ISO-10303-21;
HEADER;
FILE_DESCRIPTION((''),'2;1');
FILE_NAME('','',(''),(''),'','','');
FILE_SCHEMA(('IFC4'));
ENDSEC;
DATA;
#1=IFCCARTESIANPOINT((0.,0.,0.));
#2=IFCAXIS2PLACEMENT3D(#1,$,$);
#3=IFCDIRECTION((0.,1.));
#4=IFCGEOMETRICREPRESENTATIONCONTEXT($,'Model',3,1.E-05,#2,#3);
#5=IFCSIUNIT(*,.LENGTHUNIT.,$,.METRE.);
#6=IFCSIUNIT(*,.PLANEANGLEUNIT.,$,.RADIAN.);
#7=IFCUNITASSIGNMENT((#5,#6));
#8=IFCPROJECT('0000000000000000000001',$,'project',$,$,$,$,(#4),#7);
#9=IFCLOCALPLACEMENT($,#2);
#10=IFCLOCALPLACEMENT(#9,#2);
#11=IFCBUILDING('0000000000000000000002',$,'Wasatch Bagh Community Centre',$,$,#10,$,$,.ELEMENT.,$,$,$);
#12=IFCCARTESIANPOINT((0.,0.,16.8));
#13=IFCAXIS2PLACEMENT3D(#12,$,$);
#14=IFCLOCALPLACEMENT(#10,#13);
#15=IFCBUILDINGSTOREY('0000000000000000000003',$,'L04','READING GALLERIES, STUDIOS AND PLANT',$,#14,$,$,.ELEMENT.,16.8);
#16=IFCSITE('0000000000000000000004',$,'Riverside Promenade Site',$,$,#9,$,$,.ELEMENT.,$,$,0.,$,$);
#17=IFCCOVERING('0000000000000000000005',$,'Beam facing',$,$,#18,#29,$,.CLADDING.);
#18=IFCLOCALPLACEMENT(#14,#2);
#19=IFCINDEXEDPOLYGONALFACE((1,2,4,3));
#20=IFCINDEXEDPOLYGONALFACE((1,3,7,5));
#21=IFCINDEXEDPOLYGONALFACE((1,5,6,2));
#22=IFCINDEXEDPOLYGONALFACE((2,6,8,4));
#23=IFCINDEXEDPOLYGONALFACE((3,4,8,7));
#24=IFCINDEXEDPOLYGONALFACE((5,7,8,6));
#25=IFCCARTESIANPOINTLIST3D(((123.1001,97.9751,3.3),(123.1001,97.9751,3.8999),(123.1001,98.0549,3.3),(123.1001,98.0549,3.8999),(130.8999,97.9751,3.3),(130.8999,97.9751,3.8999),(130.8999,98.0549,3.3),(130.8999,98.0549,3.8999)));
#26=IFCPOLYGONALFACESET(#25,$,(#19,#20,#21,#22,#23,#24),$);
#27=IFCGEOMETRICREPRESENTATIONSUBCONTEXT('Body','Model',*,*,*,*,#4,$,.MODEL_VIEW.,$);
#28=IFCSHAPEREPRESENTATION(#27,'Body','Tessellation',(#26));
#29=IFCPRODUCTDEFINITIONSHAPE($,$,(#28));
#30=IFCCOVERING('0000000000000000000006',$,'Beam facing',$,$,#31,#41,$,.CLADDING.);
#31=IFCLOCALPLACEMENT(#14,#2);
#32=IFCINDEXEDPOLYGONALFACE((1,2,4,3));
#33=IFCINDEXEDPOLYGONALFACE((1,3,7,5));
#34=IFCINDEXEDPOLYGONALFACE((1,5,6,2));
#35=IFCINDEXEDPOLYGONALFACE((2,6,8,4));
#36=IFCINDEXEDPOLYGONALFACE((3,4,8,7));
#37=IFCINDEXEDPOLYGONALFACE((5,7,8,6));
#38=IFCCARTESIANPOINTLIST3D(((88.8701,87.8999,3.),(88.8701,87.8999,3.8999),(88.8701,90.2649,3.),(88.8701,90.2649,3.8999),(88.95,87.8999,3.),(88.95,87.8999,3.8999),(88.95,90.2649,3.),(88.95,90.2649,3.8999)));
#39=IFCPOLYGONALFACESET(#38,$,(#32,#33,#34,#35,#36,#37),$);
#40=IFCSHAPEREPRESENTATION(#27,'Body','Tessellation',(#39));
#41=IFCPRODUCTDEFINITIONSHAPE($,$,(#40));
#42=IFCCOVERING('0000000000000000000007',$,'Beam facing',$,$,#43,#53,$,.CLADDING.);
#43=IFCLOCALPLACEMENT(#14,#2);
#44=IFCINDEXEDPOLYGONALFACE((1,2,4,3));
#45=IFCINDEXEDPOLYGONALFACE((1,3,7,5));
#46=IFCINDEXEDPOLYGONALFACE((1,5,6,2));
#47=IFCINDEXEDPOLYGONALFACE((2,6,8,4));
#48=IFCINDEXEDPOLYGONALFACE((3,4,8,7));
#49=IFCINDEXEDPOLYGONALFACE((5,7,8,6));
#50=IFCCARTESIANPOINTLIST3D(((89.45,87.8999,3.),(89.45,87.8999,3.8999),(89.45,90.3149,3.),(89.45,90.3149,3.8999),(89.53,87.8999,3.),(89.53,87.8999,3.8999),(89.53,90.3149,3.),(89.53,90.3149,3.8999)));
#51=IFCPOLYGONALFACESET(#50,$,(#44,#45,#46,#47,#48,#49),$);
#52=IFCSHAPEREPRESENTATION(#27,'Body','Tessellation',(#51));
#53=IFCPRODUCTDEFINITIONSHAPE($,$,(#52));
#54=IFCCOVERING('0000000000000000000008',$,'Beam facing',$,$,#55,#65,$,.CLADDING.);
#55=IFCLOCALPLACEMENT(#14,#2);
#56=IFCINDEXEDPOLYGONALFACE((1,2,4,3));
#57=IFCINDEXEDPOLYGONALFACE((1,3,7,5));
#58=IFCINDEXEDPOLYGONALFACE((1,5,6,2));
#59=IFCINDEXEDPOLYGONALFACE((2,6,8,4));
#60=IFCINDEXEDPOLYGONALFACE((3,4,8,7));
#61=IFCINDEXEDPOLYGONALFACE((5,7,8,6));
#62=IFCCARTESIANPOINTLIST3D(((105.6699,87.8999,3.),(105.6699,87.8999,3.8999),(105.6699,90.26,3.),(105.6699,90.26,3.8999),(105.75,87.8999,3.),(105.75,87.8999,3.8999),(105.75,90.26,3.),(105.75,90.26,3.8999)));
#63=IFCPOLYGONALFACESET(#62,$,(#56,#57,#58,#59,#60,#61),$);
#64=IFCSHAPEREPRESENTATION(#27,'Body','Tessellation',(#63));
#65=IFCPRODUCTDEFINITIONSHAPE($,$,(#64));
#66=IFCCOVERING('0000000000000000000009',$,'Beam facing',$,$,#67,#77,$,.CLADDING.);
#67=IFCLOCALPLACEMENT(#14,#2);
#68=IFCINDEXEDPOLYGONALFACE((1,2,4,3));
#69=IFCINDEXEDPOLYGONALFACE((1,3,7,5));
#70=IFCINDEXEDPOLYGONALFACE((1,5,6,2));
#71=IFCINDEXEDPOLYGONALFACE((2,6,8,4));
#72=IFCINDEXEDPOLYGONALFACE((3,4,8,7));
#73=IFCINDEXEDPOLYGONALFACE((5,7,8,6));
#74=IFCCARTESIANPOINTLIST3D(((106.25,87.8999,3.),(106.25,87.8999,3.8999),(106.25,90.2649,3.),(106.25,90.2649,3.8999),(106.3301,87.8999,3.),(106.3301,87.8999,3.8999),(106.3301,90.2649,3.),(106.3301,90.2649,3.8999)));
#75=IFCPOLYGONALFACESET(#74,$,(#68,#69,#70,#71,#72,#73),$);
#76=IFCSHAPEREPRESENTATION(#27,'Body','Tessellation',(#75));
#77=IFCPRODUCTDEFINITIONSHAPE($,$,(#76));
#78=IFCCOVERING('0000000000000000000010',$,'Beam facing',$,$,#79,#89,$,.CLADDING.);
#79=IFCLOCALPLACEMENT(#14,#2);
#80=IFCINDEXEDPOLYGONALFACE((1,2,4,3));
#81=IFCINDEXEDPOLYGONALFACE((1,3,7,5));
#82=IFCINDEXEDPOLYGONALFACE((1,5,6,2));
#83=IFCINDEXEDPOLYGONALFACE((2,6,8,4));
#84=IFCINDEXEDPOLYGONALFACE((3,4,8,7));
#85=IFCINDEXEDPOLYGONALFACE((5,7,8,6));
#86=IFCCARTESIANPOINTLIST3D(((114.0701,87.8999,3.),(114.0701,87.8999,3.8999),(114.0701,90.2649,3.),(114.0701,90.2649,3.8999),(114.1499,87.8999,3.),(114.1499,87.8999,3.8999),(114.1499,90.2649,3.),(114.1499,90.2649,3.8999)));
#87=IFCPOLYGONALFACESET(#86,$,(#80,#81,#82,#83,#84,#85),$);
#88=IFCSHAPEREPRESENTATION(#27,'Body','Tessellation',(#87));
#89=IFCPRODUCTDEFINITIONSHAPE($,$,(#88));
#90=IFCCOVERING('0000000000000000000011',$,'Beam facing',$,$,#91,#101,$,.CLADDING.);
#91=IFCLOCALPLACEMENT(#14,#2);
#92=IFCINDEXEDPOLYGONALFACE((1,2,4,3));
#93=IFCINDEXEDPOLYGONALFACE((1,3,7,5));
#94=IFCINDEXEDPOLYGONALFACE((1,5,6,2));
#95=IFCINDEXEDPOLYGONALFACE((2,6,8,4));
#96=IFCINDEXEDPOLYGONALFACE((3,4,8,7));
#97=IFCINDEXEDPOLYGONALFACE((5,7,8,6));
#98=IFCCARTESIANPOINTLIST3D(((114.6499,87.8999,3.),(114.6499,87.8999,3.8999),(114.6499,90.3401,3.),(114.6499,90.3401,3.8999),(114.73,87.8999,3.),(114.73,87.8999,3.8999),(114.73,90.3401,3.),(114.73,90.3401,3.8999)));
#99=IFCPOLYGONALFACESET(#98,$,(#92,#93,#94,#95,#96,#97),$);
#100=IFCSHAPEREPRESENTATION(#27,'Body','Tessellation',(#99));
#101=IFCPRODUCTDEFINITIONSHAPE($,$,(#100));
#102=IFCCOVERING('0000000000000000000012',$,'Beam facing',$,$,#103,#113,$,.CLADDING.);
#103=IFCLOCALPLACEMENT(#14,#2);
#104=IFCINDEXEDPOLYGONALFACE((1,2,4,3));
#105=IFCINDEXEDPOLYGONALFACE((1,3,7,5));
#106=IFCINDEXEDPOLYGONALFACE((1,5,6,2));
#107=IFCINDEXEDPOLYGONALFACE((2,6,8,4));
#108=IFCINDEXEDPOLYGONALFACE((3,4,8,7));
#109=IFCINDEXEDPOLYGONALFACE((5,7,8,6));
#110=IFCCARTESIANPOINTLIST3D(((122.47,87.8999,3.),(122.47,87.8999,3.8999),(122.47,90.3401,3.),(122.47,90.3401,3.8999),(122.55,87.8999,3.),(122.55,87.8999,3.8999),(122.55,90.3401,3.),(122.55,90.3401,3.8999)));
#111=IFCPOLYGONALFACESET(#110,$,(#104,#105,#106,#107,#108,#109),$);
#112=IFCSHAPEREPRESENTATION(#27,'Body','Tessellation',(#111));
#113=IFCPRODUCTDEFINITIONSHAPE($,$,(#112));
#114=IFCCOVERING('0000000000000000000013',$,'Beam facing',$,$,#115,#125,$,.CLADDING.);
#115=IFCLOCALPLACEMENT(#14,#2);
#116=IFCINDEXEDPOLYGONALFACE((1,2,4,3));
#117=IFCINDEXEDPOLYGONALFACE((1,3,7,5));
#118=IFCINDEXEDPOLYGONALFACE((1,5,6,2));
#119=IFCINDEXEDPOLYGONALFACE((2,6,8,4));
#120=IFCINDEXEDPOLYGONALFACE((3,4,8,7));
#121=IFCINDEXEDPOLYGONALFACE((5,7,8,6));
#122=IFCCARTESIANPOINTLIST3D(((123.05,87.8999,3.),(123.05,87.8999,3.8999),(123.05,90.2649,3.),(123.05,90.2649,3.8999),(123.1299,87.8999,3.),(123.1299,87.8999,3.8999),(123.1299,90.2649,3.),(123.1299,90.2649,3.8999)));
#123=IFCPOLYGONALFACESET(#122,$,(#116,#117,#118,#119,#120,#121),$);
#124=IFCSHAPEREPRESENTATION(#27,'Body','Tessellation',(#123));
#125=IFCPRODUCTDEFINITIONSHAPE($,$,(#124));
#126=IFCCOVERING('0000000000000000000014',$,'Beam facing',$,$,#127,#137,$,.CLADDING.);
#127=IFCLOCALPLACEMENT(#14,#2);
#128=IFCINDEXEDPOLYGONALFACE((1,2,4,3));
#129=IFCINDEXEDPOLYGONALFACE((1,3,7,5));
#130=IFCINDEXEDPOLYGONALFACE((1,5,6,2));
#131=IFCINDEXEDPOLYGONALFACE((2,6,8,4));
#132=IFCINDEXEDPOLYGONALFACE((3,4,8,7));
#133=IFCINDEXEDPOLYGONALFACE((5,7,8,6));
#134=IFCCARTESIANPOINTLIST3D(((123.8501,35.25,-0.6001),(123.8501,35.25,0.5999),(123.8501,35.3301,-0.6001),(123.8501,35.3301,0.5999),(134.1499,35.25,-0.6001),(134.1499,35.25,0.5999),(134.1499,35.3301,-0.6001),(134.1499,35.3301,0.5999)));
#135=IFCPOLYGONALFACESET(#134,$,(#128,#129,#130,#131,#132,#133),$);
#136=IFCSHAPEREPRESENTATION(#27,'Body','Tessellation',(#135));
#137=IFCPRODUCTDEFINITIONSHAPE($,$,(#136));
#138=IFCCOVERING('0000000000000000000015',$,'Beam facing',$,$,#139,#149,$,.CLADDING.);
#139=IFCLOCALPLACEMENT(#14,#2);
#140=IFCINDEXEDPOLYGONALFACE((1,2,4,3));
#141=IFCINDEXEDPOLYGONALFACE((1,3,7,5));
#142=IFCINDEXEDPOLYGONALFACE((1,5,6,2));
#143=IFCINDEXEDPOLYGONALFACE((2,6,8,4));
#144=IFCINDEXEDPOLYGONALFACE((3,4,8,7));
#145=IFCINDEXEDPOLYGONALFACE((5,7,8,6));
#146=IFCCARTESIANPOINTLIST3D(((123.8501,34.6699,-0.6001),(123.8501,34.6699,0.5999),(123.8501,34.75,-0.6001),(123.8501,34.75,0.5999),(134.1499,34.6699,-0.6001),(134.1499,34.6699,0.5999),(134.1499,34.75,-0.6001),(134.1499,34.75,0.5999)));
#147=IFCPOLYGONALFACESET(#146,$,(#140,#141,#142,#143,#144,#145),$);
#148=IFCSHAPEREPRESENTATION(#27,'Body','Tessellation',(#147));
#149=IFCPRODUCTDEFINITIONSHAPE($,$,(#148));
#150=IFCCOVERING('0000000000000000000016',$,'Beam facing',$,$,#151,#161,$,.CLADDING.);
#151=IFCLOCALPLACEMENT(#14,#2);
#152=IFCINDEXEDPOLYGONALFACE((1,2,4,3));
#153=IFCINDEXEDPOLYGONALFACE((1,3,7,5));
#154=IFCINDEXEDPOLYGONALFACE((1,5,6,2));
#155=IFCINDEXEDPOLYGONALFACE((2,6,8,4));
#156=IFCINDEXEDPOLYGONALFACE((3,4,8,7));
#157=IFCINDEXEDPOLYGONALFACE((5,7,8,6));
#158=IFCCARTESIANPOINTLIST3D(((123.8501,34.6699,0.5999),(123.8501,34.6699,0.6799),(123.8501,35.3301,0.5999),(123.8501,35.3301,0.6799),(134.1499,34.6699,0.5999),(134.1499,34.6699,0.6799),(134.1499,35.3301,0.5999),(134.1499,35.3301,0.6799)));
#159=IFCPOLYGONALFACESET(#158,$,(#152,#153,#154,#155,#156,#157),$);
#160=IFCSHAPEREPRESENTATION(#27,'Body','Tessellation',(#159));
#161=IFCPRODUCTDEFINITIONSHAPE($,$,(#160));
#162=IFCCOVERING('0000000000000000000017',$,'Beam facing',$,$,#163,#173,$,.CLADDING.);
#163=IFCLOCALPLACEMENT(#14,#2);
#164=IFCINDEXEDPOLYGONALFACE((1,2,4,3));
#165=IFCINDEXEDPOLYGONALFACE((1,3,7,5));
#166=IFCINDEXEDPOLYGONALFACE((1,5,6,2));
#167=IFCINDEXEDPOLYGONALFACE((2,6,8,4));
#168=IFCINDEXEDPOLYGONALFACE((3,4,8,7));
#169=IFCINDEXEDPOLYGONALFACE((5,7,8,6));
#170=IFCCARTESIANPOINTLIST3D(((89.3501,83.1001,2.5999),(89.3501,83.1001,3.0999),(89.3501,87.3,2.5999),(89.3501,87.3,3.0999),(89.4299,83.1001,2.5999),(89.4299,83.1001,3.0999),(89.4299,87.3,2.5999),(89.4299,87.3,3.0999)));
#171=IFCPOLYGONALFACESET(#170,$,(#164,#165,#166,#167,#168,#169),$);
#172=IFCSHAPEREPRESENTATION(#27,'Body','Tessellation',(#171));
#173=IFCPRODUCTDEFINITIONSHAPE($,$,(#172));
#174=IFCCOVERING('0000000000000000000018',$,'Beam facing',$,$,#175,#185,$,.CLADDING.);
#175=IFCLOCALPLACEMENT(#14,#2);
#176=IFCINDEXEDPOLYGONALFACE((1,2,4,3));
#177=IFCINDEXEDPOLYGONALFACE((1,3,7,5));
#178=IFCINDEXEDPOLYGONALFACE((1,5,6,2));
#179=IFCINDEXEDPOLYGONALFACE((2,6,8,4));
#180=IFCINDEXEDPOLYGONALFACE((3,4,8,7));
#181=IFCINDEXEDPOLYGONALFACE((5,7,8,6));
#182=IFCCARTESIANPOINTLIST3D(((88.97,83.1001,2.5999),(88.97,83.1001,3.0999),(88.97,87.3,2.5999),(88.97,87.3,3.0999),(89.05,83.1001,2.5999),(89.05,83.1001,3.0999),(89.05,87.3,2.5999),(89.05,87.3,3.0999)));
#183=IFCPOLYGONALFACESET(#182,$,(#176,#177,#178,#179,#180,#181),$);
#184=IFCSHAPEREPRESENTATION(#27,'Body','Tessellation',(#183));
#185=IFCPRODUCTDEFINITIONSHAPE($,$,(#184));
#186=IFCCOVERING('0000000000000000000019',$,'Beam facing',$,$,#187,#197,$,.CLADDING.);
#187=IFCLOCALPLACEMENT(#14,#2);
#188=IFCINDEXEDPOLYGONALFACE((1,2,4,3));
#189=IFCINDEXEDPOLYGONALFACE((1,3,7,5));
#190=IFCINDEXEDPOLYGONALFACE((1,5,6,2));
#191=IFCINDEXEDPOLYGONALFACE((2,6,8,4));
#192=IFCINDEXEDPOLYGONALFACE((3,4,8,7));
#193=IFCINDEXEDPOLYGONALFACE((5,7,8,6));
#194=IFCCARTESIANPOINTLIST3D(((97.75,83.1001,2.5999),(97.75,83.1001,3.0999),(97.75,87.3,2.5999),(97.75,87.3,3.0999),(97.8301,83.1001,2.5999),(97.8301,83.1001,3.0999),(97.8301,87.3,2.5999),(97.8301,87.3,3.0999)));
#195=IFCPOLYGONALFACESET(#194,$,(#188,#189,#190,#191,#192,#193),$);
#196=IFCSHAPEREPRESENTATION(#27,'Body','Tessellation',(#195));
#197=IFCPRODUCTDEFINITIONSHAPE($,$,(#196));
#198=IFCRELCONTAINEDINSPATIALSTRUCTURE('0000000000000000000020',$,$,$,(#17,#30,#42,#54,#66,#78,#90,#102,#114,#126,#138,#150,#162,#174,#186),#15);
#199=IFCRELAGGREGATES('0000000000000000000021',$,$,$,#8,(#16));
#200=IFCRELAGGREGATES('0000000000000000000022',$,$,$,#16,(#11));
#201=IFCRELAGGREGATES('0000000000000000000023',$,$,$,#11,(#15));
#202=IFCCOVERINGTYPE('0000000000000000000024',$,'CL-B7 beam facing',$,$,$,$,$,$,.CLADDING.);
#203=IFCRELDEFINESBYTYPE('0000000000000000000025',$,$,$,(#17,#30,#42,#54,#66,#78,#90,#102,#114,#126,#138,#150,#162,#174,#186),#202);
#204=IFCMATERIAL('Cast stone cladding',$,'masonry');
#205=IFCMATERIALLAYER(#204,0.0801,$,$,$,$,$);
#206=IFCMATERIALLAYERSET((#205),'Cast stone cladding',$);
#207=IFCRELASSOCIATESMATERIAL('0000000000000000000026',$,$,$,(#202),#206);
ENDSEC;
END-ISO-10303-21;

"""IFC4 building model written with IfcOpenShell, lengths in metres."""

from ifc_helpers import new_model, si_unit, direction, frame, origin, place, context, subcontext, project, spatial, polyline, outline, extrude, material, layer, layer_set, type_object, element, save


model = new_model("IFC4")

# Units and contexts
model_context = context("Model", 3, precision=1e-05, world=origin(), true_north=direction((0.0, 1.0)))
body_context = subcontext(model_context, "Body", "Model", "MODEL_VIEW")
ifc_project = project(units=[si_unit("LENGTHUNIT", "METRE"), si_unit("PLANEANGLEUNIT", "RADIAN")], contexts=[model_context])

# Site, building, storey
site_placement = place(None, origin())
site = spatial("IfcSite", under=ifc_project, at=site_placement, Name="Riverside Promenade Site", CompositionType="ELEMENT", RefElevation=0.0)
building_placement = place(site_placement, origin())
building = spatial("IfcBuilding", under=site, at=building_placement, Name="Wasatch Bagh Community Centre", CompositionType="ELEMENT")
storey_placement = place(building_placement, frame((0.0, 0.0, 16.8)))
storey = spatial("IfcBuildingStorey", under=building, at=storey_placement, Name="L04", Description="READING GALLERIES, STUDIOS AND PLANT", CompositionType="ELEMENT", Elevation=16.8)

# Coverings
ifc_material_1 = material(Name="Cast stone cladding", Category="masonry")
ifc_layer = layer(ifc_material_1, 0.0801)
ifc_layer_set = layer_set([ifc_layer], Name="Cast stone cladding")
covering_type_1 = type_object("IfcCoveringType", Name="CL-B7 beam facing", PredefinedType="CLADDING", material=ifc_layer_set)
covering_1_placement = place(storey_placement, frame((0.0, 0.0, 3.3)))
element("IfcCovering", 1, at=covering_1_placement, inside=storey, type_object=covering_type_1, Name="Beam facing", PredefinedType="CLADDING", context=body_context, shape_type="SweptSolid", body=[
    extrude(outline(polyline([(123.1001, 97.9751), (130.8999, 97.9751), (130.8999, 98.0549), (123.1001, 98.0549), (123.1001, 97.9751)])), origin(), (0.0, 0.0, 1.0), 0.5999),
])
covering_2_placement = place(storey_placement, frame((0.0, 0.0, 3.0)))
element("IfcCovering", 2, at=covering_2_placement, inside=storey, type_object=covering_type_1, Name="Beam facing", PredefinedType="CLADDING", context=body_context, shape_type="SweptSolid", body=[
    extrude(outline(polyline([(88.95, 87.8999), (88.95, 90.2649), (88.8701, 90.2649), (88.8701, 87.8999), (88.95, 87.8999)])), origin(), (0.0, 0.0, 1.0), 0.8999),
])
covering_3_placement = place(storey_placement, frame((0.0, 0.0, 3.0)))
element("IfcCovering", 3, at=covering_3_placement, inside=storey, type_object=covering_type_1, Name="Beam facing", PredefinedType="CLADDING", context=body_context, shape_type="SweptSolid", body=[
    extrude(outline(polyline([(89.45, 87.8999), (89.45, 90.3149), (89.53, 90.3149), (89.53, 87.8999), (89.45, 87.8999)])), origin(), (0.0, 0.0, 1.0), 0.8999),
])
covering_4_placement = place(storey_placement, frame((0.0, 0.0, 3.0)))
element("IfcCovering", 4, at=covering_4_placement, inside=storey, type_object=covering_type_1, Name="Beam facing", PredefinedType="CLADDING", context=body_context, shape_type="SweptSolid", body=[
    extrude(outline(polyline([(105.75, 87.8999), (105.75, 90.26), (105.6699, 90.26), (105.6699, 87.8999), (105.75, 87.8999)])), origin(), (0.0, 0.0, 1.0), 0.8999),
])
covering_5_placement = place(storey_placement, frame((0.0, 0.0, 3.0)))
element("IfcCovering", 5, at=covering_5_placement, inside=storey, type_object=covering_type_1, Name="Beam facing", PredefinedType="CLADDING", context=body_context, shape_type="SweptSolid", body=[
    extrude(outline(polyline([(106.25, 87.8999), (106.25, 90.2649), (106.3301, 90.2649), (106.3301, 87.8999), (106.25, 87.8999)])), origin(), (0.0, 0.0, 1.0), 0.8999),
])
covering_6_placement = place(storey_placement, frame((0.0, 0.0, 3.0)))
element("IfcCovering", 6, at=covering_6_placement, inside=storey, type_object=covering_type_1, Name="Beam facing", PredefinedType="CLADDING", context=body_context, shape_type="SweptSolid", body=[
    extrude(outline(polyline([(114.1499, 87.8999), (114.1499, 90.2649), (114.0701, 90.2649), (114.0701, 87.8999), (114.1499, 87.8999)])), origin(), (0.0, 0.0, 1.0), 0.8999),
])
covering_7_placement = place(storey_placement, frame((0.0, 0.0, 3.0)))
element("IfcCovering", 7, at=covering_7_placement, inside=storey, type_object=covering_type_1, Name="Beam facing", PredefinedType="CLADDING", context=body_context, shape_type="SweptSolid", body=[
    extrude(outline(polyline([(114.6499, 87.8999), (114.6499, 90.3401), (114.73, 90.3401), (114.73, 87.8999), (114.6499, 87.8999)])), origin(), (0.0, 0.0, 1.0), 0.8999),
])
covering_8_placement = place(storey_placement, frame((0.0, 0.0, 3.0)))
element("IfcCovering", 8, at=covering_8_placement, inside=storey, type_object=covering_type_1, Name="Beam facing", PredefinedType="CLADDING", context=body_context, shape_type="SweptSolid", body=[
    extrude(outline(polyline([(122.55, 87.8999), (122.55, 90.3401), (122.47, 90.3401), (122.47, 87.8999), (122.55, 87.8999)])), origin(), (0.0, 0.0, 1.0), 0.8999),
])
covering_9_placement = place(storey_placement, frame((0.0, 0.0, 3.0)))
element("IfcCovering", 9, at=covering_9_placement, inside=storey, type_object=covering_type_1, Name="Beam facing", PredefinedType="CLADDING", context=body_context, shape_type="SweptSolid", body=[
    extrude(outline(polyline([(123.05, 87.8999), (123.05, 90.2649), (123.1299, 90.2649), (123.1299, 87.8999), (123.05, 87.8999)])), origin(), (0.0, 0.0, 1.0), 0.8999),
])
covering_10_placement = place(storey_placement, frame((0.0, 0.0, -0.6001)))
element("IfcCovering", 10, at=covering_10_placement, inside=storey, type_object=covering_type_1, Name="Beam facing", PredefinedType="CLADDING", context=body_context, shape_type="SweptSolid", body=[
    extrude(outline(polyline([(123.8501, 35.25), (134.1499, 35.25), (134.1499, 35.3301), (123.8501, 35.3301), (123.8501, 35.25)])), origin(), (0.0, 0.0, 1.0), 1.2),
])
covering_11_placement = place(storey_placement, frame((0.0, 0.0, -0.6001)))
element("IfcCovering", 11, at=covering_11_placement, inside=storey, type_object=covering_type_1, Name="Beam facing", PredefinedType="CLADDING", context=body_context, shape_type="SweptSolid", body=[
    extrude(outline(polyline([(123.8501, 34.75), (134.1499, 34.75), (134.1499, 34.6699), (123.8501, 34.6699), (123.8501, 34.75)])), origin(), (0.0, 0.0, 1.0), 1.2),
])
covering_12_placement = place(storey_placement, frame((0.0, 0.0, 0.5999)))
element("IfcCovering", 12, at=covering_12_placement, inside=storey, type_object=covering_type_1, Name="Beam facing", PredefinedType="CLADDING", context=body_context, shape_type="SweptSolid", body=[
    extrude(outline(polyline([(123.8501, 34.6699), (134.1499, 34.6699), (134.1499, 35.3301), (123.8501, 35.3301), (123.8501, 34.6699)])), origin(), (0.0, 0.0, 1.0), 0.0801),
])
covering_13_placement = place(storey_placement, frame((0.0, 0.0, 2.5999)))
element("IfcCovering", 13, at=covering_13_placement, inside=storey, type_object=covering_type_1, Name="Beam facing", PredefinedType="CLADDING", context=body_context, shape_type="SweptSolid", body=[
    extrude(outline(polyline([(89.3501, 87.3), (89.3501, 83.1001), (89.4299, 83.1001), (89.4299, 87.3), (89.3501, 87.3)])), origin(), (0.0, 0.0, 1.0), 0.5),
])
covering_14_placement = place(storey_placement, frame((0.0, 0.0, 2.5999)))
element("IfcCovering", 14, at=covering_14_placement, inside=storey, type_object=covering_type_1, Name="Beam facing", PredefinedType="CLADDING", context=body_context, shape_type="SweptSolid", body=[
    extrude(outline(polyline([(89.05, 87.3), (89.05, 83.1001), (88.97, 83.1001), (88.97, 87.3), (89.05, 87.3)])), origin(), (0.0, 0.0, 1.0), 0.5),
])
covering_15_placement = place(storey_placement, frame((0.0, 0.0, 2.5999)))
element("IfcCovering", 15, at=covering_15_placement, inside=storey, type_object=covering_type_1, Name="Beam facing", PredefinedType="CLADDING", context=body_context, shape_type="SweptSolid", body=[
    extrude(outline(polyline([(97.75, 87.3), (97.75, 83.1001), (97.8301, 83.1001), (97.8301, 87.3), (97.75, 87.3)])), origin(), (0.0, 0.0, 1.0), 0.5),
])

save(model, "model.ifc")
